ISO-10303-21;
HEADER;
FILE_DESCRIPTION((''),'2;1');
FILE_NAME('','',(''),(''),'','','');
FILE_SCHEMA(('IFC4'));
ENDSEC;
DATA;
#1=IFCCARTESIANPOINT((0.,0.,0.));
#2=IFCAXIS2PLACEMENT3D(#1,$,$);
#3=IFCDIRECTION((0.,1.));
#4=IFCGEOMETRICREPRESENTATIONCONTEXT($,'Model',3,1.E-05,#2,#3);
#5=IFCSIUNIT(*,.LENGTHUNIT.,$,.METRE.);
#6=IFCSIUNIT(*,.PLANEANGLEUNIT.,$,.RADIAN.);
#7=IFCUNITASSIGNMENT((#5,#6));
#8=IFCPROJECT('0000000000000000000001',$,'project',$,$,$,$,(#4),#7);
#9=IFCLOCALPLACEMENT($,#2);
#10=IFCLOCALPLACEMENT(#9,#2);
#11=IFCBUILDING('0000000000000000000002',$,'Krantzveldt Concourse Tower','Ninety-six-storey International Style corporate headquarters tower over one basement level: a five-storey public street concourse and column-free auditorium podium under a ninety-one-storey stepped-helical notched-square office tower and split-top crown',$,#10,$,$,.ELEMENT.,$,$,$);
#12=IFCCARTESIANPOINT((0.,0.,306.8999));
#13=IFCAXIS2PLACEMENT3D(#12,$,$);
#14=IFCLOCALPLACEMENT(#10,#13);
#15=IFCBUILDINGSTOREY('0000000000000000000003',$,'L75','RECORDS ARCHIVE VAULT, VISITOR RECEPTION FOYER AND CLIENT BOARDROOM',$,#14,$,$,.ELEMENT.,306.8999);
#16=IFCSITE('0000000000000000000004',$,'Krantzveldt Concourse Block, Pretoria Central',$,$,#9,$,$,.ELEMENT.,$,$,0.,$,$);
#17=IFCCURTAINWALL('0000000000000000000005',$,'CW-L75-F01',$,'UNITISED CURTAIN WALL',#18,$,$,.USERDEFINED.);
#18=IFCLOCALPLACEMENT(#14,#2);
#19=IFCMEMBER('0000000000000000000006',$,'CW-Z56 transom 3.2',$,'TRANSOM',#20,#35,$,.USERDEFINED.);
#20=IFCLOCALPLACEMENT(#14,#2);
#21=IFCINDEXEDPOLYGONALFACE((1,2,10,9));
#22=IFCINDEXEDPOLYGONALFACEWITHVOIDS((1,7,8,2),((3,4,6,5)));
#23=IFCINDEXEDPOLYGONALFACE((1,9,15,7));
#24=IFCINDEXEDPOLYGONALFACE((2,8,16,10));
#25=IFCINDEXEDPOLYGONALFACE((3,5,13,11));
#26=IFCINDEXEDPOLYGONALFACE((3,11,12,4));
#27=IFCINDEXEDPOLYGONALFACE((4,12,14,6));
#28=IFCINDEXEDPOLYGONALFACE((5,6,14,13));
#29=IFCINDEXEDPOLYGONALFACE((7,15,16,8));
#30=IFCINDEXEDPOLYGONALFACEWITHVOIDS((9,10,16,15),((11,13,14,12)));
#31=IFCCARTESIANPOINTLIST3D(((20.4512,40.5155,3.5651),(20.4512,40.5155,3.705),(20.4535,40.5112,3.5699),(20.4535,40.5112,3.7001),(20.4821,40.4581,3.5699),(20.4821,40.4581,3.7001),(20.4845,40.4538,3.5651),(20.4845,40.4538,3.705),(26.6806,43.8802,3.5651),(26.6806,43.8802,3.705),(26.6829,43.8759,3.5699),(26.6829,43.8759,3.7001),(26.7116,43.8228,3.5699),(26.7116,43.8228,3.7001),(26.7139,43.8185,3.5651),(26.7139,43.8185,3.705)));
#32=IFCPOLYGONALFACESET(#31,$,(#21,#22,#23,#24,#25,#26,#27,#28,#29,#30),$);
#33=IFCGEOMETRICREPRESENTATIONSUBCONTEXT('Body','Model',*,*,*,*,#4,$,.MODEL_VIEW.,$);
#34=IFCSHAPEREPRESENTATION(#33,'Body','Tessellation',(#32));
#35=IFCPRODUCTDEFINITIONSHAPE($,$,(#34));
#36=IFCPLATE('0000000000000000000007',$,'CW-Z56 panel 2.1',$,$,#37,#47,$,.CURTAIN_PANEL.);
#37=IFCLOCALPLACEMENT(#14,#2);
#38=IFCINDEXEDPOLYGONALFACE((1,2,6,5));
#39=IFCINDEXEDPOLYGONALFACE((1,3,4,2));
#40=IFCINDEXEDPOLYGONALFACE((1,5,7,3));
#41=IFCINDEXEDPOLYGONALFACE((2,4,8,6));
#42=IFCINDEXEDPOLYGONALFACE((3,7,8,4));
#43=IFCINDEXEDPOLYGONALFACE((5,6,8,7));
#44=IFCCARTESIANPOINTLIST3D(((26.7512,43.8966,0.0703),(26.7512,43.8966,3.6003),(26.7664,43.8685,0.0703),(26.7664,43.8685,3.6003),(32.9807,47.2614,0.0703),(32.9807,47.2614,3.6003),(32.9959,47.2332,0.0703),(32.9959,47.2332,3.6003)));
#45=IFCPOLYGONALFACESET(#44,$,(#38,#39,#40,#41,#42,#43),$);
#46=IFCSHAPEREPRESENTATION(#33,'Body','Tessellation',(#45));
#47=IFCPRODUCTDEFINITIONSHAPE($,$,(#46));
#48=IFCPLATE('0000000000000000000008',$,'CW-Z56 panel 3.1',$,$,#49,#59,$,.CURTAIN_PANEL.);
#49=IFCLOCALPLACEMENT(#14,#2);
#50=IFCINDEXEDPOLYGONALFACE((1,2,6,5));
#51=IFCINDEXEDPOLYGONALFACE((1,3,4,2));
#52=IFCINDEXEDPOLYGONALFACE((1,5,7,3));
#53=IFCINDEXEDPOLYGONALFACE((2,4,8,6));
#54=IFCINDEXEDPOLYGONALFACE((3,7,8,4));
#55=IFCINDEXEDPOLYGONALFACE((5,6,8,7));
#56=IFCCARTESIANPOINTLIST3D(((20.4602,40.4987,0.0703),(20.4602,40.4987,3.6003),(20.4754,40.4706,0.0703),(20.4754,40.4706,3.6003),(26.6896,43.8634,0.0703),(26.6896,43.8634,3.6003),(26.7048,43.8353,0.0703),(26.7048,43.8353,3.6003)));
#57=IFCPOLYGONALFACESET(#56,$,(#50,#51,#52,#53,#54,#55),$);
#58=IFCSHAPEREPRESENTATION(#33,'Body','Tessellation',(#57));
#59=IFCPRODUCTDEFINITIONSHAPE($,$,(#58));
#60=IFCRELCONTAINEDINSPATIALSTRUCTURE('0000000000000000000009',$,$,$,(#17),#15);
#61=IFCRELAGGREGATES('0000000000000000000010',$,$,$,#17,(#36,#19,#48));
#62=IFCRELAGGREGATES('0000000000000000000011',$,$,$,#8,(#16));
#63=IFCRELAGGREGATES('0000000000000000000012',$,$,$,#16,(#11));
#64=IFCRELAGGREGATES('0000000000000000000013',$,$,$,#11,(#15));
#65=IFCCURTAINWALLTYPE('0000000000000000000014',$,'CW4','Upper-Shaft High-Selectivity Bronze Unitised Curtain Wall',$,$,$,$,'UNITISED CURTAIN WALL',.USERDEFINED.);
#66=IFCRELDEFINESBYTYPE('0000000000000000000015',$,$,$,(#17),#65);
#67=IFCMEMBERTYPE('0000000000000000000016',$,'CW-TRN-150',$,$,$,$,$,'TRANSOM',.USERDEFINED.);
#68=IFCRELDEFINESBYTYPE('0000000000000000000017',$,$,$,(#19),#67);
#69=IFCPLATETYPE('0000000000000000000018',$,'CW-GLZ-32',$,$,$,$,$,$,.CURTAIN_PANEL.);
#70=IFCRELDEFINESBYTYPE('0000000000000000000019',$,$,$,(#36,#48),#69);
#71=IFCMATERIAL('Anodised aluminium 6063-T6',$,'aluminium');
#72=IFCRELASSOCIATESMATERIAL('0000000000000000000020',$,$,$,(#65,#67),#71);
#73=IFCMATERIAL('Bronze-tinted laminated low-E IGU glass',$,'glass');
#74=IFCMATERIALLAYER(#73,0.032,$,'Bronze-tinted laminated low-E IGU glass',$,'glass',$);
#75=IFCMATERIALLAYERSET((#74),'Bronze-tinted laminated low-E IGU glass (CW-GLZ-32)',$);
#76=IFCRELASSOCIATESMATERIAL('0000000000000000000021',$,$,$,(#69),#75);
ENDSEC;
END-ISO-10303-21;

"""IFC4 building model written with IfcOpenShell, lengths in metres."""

from ifc_helpers import new_model, si_unit, direction, frame, origin, origin_2d, place, context, subcontext, project, spatial, rectangle, hollow_rectangle, extrude, source, transform, mapped, material, layer, layer_set, material_profile, profile_set, type_object, type_shapes, element, aggregate, save


model = new_model("IFC4")

# Units and contexts
model_context = context("Model", 3, precision=1e-05, world=origin(), true_north=direction((0.0, 1.0)))
body_context = subcontext(model_context, "Body", "Model", "MODEL_VIEW")
ifc_project = project(units=[si_unit("LENGTHUNIT", "METRE"), si_unit("PLANEANGLEUNIT", "RADIAN")], contexts=[model_context])

# Site, building, storey
site_placement = place(None, origin())
site = spatial("IfcSite", under=ifc_project, at=site_placement, Name="Krantzveldt Concourse Block, Pretoria Central", CompositionType="ELEMENT", RefElevation=0.0)
building_placement = place(site_placement, origin())
building = spatial("IfcBuilding", under=site, at=building_placement, Name="Krantzveldt Concourse Tower", Description="Ninety-six-storey International Style corporate headquarters tower over one basement level: a five-storey public street concourse and column-free auditorium podium under a ninety-one-storey stepped-helical notched-square office tower and split-top crown", CompositionType="ELEMENT")
storey_placement = place(building_placement, frame((0.0, 0.0, 306.8999)))
storey = spatial("IfcBuildingStorey", under=building, at=storey_placement, Name="L75", Description="RECORDS ARCHIVE VAULT, VISITOR RECEPTION FOYER AND CLIENT BOARDROOM", CompositionType="ELEMENT", Elevation=306.8999)

# Curtain wall, member, plates
ifc_material_1 = material(Name="Anodised aluminium 6063-T6", Category="aluminium")
curtain_wall_type = type_object("IfcCurtainWallType", Name="CW4", Description="Upper-Shaft High-Selectivity Bronze Unitised Curtain Wall", ElementType="UNITISED CURTAIN WALL", PredefinedType="USERDEFINED", material=ifc_material_1)
curtain_wall_placement = place(storey_placement, origin())
curtain_wall = element("IfcCurtainWall", 1, at=curtain_wall_placement, inside=storey, type_object=curtain_wall_type, Name="CW-L75-F01", ObjectType="UNITISED CURTAIN WALL", PredefinedType="USERDEFINED")
ifc_material_profile_1 = material_profile(ifc_material_1, hollow_rectangle(XDim=0.0701, YDim=0.1399, WallThickness=0.0049, at=origin_2d()), Name="Anodised aluminium 6063-T6", Category="aluminium")
ifc_profile_set_1 = profile_set([ifc_material_profile_1], Name="Anodised aluminium 6063-T6 - ALU-TRAN 140x70x5")
member_type_1 = type_object("IfcMemberType", Name="CW-TRN-150", ElementType="TRANSOM", PredefinedType="USERDEFINED", material=ifc_profile_set_1)
shared_shape_1 = source(origin(), body_context, "Body", "SweptSolid", [
    extrude(hollow_rectangle(XDim=0.0701, YDim=0.1399, WallThickness=0.0049, at=origin_2d()), origin(), (0.0, 0.0, 1.0), 7.0801),
])
type_shapes(member_type_1, [shared_shape_1])
member_1_placement = place(storey_placement, frame((26.6973, 43.8494, 3.635), z_axis=(-0.879857, -0.475239, 0.0), x_axis=(0.475239, -0.879857, 0.0)))
member_1 = element("IfcMember", 2, at=member_1_placement, type_object=member_type_1, Name="CW-Z56 transom 3.2", ObjectType="TRANSOM", PredefinedType="USERDEFINED", context=body_context, shape_type="MappedRepresentation", body=[
    mapped(shared_shape_1, transform((0.0, 0.0, 0.0), x_axis=(1.0, 0.0, 0.0), y_axis=(0.0, 1.0, 0.0), z_axis=(0.0, 0.0, 1.0), scale=1.0)),
])
ifc_material_2 = material(Name="Bronze-tinted laminated low-E IGU glass", Category="glass")
ifc_layer = layer(ifc_material_2, 0.032, Name="Bronze-tinted laminated low-E IGU glass", Category="glass")
ifc_layer_set = layer_set([ifc_layer], Name="Bronze-tinted laminated low-E IGU glass (CW-GLZ-32)")
plate_type = type_object("IfcPlateType", Name="CW-GLZ-32", PredefinedType="CURTAIN_PANEL", material=ifc_layer_set)
shared_shape_2 = source(origin(), body_context, "Body", "SweptSolid", [
    extrude(rectangle(XDim=7.0801, YDim=0.032, at=origin_2d()), origin(), (0.0, 0.0, 1.0), 3.53),
])
type_shapes(plate_type, [shared_shape_2])
plate_1_placement = place(storey_placement, frame((29.8735, 45.5649, 0.0703), z_axis=(0.0, 0.0, 1.0), x_axis=(-0.879856, -0.47524, 0.0)))
plate_1 = element("IfcPlate", 3, at=plate_1_placement, type_object=plate_type, Name="CW-Z56 panel 2.1", PredefinedType="CURTAIN_PANEL", context=body_context, shape_type="MappedRepresentation", body=[
    mapped(shared_shape_2, transform((0.0, 0.0, 0.0), x_axis=(1.0, 0.0, 0.0), y_axis=(0.0, 1.0, 0.0), z_axis=(0.0, 0.0, 1.0), scale=1.0)),
])
plate_2_placement = place(storey_placement, frame((23.5825, 42.167, 0.0703), z_axis=(0.0, 0.0, 1.0), x_axis=(-0.879856, -0.47524, 0.0)))
plate_2 = element("IfcPlate", 4, at=plate_2_placement, type_object=plate_type, Name="CW-Z56 panel 3.1", PredefinedType="CURTAIN_PANEL", context=body_context, shape_type="MappedRepresentation", body=[
    mapped(shared_shape_2, transform((0.0, 0.0, 0.0), x_axis=(1.0, 0.0, 0.0), y_axis=(0.0, 1.0, 0.0), z_axis=(0.0, 0.0, 1.0), scale=1.0)),
])
aggregate(curtain_wall, [plate_1, member_1, plate_2])

save(model, "model.ifc")
